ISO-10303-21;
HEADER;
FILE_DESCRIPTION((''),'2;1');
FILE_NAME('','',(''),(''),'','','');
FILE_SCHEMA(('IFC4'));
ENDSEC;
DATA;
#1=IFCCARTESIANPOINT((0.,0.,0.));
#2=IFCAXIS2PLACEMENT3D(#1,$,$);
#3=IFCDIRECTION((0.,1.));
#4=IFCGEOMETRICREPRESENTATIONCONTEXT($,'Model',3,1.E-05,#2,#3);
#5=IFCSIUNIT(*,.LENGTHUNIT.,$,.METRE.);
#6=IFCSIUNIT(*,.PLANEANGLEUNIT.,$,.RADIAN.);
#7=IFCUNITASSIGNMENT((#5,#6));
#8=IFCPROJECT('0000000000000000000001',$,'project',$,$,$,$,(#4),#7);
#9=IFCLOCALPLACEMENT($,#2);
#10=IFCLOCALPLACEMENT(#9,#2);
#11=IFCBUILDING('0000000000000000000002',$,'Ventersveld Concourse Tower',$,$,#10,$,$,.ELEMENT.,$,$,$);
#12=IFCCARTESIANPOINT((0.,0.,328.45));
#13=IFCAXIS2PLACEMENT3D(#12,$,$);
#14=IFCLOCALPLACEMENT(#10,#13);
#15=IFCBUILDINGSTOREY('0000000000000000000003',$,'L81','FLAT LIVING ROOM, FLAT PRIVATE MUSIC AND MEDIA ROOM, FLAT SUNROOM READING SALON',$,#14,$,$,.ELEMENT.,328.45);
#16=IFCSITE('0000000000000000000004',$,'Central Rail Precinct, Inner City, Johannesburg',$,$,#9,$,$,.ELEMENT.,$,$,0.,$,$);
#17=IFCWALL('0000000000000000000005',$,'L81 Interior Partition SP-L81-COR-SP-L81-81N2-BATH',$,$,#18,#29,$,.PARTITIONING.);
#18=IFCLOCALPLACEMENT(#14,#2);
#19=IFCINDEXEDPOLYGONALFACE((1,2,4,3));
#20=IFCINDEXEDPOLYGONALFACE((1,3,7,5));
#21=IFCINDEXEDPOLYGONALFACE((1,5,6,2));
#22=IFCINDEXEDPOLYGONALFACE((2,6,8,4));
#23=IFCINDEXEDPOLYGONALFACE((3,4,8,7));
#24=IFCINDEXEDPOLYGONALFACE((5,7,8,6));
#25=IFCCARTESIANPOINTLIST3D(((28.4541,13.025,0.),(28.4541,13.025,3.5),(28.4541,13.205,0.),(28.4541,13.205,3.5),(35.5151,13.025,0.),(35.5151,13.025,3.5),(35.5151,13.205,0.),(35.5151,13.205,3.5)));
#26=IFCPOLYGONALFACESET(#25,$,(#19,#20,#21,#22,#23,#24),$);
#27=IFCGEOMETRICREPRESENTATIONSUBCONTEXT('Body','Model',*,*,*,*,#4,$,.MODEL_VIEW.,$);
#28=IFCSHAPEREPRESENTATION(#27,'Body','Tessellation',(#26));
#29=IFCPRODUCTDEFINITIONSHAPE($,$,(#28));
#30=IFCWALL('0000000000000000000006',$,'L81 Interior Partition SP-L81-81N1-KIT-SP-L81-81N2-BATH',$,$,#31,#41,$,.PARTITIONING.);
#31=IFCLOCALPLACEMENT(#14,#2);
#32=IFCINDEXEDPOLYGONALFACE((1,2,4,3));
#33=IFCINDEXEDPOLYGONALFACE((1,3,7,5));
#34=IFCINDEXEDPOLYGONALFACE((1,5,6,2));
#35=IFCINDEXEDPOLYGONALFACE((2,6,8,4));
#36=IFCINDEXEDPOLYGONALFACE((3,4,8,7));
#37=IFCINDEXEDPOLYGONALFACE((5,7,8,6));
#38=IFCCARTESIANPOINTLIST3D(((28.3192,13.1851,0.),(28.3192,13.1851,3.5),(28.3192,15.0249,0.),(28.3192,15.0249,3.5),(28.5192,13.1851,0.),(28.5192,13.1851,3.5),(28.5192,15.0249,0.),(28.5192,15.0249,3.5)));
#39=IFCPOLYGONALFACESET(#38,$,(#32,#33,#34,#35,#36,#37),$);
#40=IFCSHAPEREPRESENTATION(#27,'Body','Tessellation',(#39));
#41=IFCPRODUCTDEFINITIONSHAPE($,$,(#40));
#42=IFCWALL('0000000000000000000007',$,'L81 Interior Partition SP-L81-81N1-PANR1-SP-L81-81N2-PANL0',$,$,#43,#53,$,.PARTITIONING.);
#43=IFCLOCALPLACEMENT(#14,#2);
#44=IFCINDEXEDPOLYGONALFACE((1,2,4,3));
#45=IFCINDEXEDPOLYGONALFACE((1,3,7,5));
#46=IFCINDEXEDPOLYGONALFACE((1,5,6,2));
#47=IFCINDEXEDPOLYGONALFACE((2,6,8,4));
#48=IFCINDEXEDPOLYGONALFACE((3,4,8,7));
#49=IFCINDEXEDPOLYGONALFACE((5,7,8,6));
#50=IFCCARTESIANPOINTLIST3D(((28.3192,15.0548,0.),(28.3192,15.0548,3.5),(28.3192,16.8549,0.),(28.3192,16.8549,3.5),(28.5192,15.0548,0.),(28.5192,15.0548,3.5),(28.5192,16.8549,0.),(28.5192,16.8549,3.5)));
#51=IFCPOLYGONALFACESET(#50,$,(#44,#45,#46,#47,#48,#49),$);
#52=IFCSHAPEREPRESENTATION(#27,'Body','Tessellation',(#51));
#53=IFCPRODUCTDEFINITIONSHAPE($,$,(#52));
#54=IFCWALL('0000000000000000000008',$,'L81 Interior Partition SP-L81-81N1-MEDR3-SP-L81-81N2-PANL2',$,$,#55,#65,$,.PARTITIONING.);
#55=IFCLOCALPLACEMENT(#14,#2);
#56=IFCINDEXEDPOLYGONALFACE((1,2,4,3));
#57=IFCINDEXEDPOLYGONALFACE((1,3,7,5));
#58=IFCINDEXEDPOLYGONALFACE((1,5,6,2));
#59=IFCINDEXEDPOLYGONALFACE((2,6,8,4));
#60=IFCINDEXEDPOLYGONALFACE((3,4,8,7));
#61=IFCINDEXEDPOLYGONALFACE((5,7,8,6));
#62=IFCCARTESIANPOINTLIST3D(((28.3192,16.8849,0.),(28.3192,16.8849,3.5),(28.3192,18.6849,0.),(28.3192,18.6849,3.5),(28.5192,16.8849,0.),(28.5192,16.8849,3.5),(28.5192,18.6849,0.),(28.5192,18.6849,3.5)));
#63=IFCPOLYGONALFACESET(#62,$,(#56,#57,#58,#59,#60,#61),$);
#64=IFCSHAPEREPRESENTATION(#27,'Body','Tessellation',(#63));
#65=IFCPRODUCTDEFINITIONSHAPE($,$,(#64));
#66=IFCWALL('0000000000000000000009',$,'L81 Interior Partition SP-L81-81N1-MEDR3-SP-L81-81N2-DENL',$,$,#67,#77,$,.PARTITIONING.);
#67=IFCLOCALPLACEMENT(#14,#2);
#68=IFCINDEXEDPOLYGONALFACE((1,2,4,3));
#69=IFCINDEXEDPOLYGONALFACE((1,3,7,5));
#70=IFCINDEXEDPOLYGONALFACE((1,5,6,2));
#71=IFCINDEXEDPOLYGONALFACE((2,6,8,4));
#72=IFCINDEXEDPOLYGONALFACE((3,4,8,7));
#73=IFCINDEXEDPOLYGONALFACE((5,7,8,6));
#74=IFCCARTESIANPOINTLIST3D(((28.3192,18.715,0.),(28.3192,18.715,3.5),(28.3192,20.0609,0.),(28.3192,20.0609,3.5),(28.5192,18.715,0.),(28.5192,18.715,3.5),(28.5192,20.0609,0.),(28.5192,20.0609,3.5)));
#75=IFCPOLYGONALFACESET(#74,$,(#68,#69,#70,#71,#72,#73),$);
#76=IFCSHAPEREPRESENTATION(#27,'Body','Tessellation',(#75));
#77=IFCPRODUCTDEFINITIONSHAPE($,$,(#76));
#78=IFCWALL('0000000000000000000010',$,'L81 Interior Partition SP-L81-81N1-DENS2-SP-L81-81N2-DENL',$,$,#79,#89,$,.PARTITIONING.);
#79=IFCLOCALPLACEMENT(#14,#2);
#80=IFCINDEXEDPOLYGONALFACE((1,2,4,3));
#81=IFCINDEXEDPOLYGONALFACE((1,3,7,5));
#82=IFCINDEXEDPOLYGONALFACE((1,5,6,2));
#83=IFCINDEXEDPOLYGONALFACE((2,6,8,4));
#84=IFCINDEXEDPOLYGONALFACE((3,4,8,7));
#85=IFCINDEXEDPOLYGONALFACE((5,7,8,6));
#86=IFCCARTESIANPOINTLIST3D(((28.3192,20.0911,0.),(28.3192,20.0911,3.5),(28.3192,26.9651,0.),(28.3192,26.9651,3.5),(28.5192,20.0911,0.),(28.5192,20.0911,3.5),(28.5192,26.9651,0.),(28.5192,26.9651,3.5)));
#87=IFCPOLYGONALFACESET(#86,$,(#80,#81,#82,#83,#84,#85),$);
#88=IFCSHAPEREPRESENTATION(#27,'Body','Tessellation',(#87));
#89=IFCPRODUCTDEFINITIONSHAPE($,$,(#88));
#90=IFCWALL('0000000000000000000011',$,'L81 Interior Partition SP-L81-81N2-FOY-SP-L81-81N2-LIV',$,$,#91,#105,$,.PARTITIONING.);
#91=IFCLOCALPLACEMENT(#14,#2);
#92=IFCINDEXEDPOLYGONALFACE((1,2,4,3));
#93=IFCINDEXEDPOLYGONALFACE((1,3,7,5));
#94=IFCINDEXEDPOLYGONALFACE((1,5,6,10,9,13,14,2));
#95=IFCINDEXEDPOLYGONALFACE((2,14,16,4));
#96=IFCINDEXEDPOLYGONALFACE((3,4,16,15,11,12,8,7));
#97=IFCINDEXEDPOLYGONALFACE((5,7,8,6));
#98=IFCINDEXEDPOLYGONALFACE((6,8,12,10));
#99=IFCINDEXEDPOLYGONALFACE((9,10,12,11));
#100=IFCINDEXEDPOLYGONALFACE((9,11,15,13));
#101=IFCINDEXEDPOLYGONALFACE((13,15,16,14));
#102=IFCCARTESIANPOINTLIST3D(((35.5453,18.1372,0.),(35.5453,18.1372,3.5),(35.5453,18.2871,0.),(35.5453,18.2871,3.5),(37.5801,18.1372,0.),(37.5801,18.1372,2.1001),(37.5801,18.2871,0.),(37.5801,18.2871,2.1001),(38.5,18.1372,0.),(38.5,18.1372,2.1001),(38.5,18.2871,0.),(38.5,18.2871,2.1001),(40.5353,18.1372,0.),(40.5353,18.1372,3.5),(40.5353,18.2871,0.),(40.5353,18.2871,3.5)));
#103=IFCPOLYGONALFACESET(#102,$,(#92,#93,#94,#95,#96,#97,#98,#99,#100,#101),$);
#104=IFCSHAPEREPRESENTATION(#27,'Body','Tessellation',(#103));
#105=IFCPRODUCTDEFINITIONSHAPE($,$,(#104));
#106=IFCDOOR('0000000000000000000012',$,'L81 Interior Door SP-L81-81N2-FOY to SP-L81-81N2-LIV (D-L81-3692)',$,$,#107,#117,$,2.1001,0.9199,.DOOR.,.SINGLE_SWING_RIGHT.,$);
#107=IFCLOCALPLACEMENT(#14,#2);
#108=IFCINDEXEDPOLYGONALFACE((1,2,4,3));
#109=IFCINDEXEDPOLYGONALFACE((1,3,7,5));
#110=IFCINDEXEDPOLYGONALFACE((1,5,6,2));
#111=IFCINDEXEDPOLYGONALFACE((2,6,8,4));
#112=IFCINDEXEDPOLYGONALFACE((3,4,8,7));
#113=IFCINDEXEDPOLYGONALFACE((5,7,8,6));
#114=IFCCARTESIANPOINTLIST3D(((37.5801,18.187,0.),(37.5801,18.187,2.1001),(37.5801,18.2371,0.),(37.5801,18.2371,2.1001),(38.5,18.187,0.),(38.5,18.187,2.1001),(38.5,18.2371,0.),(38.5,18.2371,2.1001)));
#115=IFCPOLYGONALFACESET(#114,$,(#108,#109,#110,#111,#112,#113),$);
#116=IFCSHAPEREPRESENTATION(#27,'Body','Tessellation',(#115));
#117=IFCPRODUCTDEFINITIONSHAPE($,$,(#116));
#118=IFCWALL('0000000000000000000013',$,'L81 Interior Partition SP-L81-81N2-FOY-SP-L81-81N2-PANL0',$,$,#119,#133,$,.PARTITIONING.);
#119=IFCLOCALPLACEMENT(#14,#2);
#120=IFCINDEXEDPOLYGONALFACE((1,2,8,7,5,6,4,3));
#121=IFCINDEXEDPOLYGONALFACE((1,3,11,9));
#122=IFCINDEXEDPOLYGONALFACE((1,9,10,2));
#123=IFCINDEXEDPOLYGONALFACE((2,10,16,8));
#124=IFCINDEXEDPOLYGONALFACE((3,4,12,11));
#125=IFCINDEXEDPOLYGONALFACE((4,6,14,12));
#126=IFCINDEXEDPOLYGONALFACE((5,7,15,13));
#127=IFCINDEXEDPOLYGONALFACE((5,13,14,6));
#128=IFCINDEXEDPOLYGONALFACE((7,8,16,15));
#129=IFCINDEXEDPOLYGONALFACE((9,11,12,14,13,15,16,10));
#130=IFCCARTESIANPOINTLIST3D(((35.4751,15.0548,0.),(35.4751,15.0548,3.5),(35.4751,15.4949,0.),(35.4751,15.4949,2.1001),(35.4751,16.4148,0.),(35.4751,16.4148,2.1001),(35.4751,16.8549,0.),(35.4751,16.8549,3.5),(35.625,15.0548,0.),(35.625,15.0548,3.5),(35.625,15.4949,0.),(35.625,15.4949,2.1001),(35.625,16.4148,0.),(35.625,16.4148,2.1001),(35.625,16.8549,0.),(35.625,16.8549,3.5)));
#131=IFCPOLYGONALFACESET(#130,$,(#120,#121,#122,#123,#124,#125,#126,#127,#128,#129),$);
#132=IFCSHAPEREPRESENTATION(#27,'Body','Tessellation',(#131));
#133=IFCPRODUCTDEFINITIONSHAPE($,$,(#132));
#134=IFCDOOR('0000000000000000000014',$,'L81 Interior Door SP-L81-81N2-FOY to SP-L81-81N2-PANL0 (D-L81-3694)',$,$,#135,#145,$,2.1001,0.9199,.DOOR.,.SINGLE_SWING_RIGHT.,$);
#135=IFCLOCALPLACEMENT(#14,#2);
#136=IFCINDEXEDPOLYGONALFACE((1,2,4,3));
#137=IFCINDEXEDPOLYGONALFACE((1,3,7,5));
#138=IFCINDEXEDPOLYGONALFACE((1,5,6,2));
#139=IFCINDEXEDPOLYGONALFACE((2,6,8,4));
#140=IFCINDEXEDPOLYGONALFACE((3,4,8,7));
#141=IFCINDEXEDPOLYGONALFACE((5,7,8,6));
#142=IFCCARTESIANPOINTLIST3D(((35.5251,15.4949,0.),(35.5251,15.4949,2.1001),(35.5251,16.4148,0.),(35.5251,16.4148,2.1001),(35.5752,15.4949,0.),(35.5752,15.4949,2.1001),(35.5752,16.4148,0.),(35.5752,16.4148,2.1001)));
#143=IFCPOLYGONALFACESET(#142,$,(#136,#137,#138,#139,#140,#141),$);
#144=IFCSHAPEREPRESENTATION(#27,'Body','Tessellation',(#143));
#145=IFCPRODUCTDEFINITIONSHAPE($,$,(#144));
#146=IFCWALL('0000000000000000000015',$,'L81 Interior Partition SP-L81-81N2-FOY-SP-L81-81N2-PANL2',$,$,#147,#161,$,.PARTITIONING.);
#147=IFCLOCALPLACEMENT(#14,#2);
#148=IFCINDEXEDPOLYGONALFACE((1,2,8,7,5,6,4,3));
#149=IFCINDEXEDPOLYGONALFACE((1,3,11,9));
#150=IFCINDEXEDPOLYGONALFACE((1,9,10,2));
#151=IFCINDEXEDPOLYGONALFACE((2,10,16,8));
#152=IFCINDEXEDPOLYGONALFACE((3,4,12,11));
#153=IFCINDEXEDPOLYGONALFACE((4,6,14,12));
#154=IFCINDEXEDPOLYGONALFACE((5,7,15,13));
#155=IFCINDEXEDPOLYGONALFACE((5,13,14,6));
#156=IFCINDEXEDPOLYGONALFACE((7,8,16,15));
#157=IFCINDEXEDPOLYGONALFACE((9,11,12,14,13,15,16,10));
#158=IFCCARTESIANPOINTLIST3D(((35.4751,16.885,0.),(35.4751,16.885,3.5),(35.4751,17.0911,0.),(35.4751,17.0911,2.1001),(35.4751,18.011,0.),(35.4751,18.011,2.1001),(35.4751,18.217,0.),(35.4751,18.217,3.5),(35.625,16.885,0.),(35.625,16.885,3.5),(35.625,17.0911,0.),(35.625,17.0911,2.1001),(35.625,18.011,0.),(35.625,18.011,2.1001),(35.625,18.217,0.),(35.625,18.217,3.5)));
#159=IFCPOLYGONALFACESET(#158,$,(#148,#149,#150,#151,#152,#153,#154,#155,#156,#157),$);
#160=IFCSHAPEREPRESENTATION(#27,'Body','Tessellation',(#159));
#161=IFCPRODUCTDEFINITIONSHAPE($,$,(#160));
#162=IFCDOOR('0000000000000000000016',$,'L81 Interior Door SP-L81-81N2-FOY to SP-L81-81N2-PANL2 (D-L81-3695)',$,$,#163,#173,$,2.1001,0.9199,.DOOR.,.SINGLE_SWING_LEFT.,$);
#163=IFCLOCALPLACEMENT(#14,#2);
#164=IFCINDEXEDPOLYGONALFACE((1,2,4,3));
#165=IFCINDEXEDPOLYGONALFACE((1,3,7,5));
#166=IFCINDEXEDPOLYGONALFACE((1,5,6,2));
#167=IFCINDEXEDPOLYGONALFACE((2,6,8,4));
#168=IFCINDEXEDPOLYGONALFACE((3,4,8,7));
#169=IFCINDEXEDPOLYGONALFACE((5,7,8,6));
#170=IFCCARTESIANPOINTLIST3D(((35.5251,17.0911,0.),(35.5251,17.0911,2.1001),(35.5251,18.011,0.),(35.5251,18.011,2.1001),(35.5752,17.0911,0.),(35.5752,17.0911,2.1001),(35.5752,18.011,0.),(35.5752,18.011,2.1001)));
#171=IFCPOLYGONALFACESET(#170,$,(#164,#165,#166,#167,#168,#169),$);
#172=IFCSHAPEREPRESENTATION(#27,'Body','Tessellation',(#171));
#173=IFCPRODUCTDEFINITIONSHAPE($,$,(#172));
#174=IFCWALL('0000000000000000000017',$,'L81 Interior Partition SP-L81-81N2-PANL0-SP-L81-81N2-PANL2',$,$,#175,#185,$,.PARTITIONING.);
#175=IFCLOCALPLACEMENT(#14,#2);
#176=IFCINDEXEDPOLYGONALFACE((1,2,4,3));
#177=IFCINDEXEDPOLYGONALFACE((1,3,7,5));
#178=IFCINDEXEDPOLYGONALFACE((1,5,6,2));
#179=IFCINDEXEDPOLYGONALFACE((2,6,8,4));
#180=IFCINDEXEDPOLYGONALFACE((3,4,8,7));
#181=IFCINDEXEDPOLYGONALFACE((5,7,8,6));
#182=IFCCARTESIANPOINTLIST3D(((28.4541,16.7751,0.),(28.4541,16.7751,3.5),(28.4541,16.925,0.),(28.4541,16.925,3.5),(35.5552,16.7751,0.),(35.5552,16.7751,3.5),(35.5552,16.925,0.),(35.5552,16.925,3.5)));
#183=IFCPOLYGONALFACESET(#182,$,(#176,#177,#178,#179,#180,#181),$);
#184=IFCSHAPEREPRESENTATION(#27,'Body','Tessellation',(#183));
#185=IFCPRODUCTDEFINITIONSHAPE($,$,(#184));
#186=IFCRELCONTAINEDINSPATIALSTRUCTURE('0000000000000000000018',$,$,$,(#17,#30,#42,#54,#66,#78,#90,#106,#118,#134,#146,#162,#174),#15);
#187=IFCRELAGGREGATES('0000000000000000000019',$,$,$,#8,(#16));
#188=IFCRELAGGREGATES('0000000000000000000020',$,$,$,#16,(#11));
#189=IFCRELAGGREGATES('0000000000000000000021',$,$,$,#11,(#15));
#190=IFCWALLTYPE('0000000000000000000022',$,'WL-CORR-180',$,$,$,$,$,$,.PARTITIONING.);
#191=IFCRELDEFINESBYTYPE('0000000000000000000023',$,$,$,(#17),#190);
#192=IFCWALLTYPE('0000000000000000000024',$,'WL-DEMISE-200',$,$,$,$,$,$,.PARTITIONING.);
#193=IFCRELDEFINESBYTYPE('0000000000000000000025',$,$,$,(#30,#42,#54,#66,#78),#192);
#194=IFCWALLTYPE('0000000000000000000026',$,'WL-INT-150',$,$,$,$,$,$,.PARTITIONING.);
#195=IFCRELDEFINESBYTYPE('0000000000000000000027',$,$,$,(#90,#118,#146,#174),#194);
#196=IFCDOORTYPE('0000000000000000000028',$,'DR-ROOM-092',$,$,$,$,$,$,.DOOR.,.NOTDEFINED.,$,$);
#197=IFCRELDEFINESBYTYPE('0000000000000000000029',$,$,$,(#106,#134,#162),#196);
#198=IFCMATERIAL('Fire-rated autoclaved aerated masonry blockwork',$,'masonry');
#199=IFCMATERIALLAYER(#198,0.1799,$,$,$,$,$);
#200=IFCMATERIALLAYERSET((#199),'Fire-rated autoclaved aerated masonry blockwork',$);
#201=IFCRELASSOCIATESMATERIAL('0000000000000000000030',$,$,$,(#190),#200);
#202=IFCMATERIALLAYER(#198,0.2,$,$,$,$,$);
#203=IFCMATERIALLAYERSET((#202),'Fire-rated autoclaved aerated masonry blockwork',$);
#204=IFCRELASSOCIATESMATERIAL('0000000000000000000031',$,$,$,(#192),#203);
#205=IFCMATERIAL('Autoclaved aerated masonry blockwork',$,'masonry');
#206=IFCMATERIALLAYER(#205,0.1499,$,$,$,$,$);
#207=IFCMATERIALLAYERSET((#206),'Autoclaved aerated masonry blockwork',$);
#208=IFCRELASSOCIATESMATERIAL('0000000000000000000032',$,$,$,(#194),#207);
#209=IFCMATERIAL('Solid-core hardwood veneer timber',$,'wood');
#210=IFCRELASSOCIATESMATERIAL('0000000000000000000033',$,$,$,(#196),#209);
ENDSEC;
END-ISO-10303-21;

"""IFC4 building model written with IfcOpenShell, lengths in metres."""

from ifc_helpers import new_model, si_unit, direction, frame, frame_2d, origin, place, context, subcontext, project, spatial, rectangle, extrude, material, layer, layer_set, type_object, element, fill, save


model = new_model("IFC4")

# Units and contexts
model_context = context("Model", 3, precision=1e-05, world=origin(), true_north=direction((0.0, 1.0)))
body_context = subcontext(model_context, "Body", "Model", "MODEL_VIEW")
ifc_project = project(units=[si_unit("LENGTHUNIT", "METRE"), si_unit("PLANEANGLEUNIT", "RADIAN")], contexts=[model_context])

# Site, building, storey
site_placement = place(None, origin())
site = spatial("IfcSite", under=ifc_project, at=site_placement, Name="Central Rail Precinct, Inner City, Johannesburg", CompositionType="ELEMENT", RefElevation=0.0)
building_placement = place(site_placement, origin())
building = spatial("IfcBuilding", under=site, at=building_placement, Name="Ventersveld Concourse Tower", CompositionType="ELEMENT")
storey_placement = place(building_placement, frame((0.0, 0.0, 328.45)))
storey = spatial("IfcBuildingStorey", under=building, at=storey_placement, Name="L81", Description="FLAT LIVING ROOM, FLAT PRIVATE MUSIC AND MEDIA ROOM, FLAT SUNROOM READING SALON", CompositionType="ELEMENT", Elevation=328.45)

# Shared definitions
ifc_material_1 = material(Name="Fire-rated autoclaved aerated masonry blockwork", Category="masonry")
ifc_layer_1 = layer(ifc_material_1, 0.1799)
ifc_layer_set_1 = layer_set([ifc_layer_1], Name="Fire-rated autoclaved aerated masonry blockwork")
wall_type_1 = type_object("IfcWallType", Name="WL-CORR-180", PredefinedType="PARTITIONING", material=ifc_layer_set_1)
ifc_material_2 = material(Name="Solid-core hardwood veneer timber", Category="wood")

# Walls
wall_1_placement = place(storey_placement, frame((28.4541, 13.115, 0.0), z_axis=(0.0, 0.0, 1.0), x_axis=(1.0, 0.0, 0.0)))
element("IfcWall", 1, at=wall_1_placement, inside=storey, type_object=wall_type_1, Name="L81 Interior Partition SP-L81-COR-SP-L81-81N2-BATH", PredefinedType="PARTITIONING", context=body_context, shape_type="SweptSolid", body=[
    extrude(rectangle(XDim=7.061, YDim=0.1799, at=frame_2d((3.5305, 0.0))), origin(), (0.0, 0.0, 1.0), 3.5),
])
ifc_layer_2 = layer(ifc_material_1, 0.2)
ifc_layer_set_2 = layer_set([ifc_layer_2], Name="Fire-rated autoclaved aerated masonry blockwork")
wall_type_2 = type_object("IfcWallType", Name="WL-DEMISE-200", PredefinedType="PARTITIONING", material=ifc_layer_set_2)
wall_2_placement = place(storey_placement, frame((28.4192, 13.1851, 0.0), z_axis=(0.0, 0.0, 1.0), x_axis=(0.0, 1.0, 0.0)))
element("IfcWall", 2, at=wall_2_placement, inside=storey, type_object=wall_type_2, Name="L81 Interior Partition SP-L81-81N1-KIT-SP-L81-81N2-BATH", PredefinedType="PARTITIONING", context=body_context, shape_type="SweptSolid", body=[
    extrude(rectangle(XDim=1.8398, YDim=0.2, at=frame_2d((0.9199, 0.0))), origin(), (0.0, 0.0, 1.0), 3.5),
])
for number, where, z_axis, x_axis, name in (
    (3, (28.4192, 15.0549, 0.0), (0.0, 0.0, 1.0), (0.0, 1.0, 0.0), "L81 Interior Partition SP-L81-81N1-PANR1-SP-L81-81N2-PANL0"),
    (4, (28.4192, 16.885, 0.0), (0.0, 0.0, 1.0), (0.0, 1.0, 0.0), "L81 Interior Partition SP-L81-81N1-MEDR3-SP-L81-81N2-PANL2"),
):
    element("IfcWall", number, at=place(storey_placement, frame(where, z_axis=z_axis, x_axis=x_axis)), inside=storey, type_object=wall_type_2, Name=name, PredefinedType="PARTITIONING", context=body_context, shape_type="SweptSolid", body=[
        extrude(rectangle(XDim=1.8, YDim=0.2, at=frame_2d((0.8999, 0.0))), origin(), (0.0, 0.0, 1.0), 3.5),
    ])
wall_3_placement = place(storey_placement, frame((28.4192, 18.7151, 0.0), z_axis=(0.0, 0.0, 1.0), x_axis=(0.0, 1.0, 0.0)))
element("IfcWall", 5, at=wall_3_placement, inside=storey, type_object=wall_type_2, Name="L81 Interior Partition SP-L81-81N1-MEDR3-SP-L81-81N2-DENL", PredefinedType="PARTITIONING", context=body_context, shape_type="SweptSolid", body=[
    extrude(rectangle(XDim=1.3459, YDim=0.2, at=frame_2d((0.6729, 0.0))), origin(), (0.0, 0.0, 1.0), 3.5),
])
wall_4_placement = place(storey_placement, frame((28.4192, 20.0911, 0.0), z_axis=(0.0, 0.0, 1.0), x_axis=(0.0, 1.0, 0.0)))
element("IfcWall", 6, at=wall_4_placement, inside=storey, type_object=wall_type_2, Name="L81 Interior Partition SP-L81-81N1-DENS2-SP-L81-81N2-DENL", PredefinedType="PARTITIONING", context=body_context, shape_type="SweptSolid", body=[
    extrude(rectangle(XDim=6.874, YDim=0.2, at=frame_2d((3.437, 0.0))), origin(), (0.0, 0.0, 1.0), 3.5),
])

# Walls, openings, doors
ifc_material_3 = material(Name="Autoclaved aerated masonry blockwork", Category="masonry")
ifc_layer_3 = layer(ifc_material_3, 0.1499)
ifc_layer_set_3 = layer_set([ifc_layer_3], Name="Autoclaved aerated masonry blockwork")
wall_type_3 = type_object("IfcWallType", Name="WL-INT-150", PredefinedType="PARTITIONING", material=ifc_layer_set_3)
wall_5_placement = place(storey_placement, frame((35.5452, 18.2122, 0.0), z_axis=(0.0, 0.0, 1.0), x_axis=(1.0, 0.0, 0.0)))
wall_5 = element("IfcWall", 7, at=wall_5_placement, inside=storey, type_object=wall_type_3, Name="L81 Interior Partition SP-L81-81N2-FOY-SP-L81-81N2-LIV", PredefinedType="PARTITIONING", context=body_context, shape_type="SweptSolid", body=[
    extrude(rectangle(XDim=4.99, YDim=0.1499, at=frame_2d((2.4951, 0.0))), origin(), (0.0, 0.0, 1.0), 3.5),
])
opening_1_placement = place(wall_5_placement, frame((2.0349, 0.0, 0.0)))
opening_1 = element("IfcOpeningElement", 8, at=opening_1_placement, cuts=wall_5, PredefinedType="OPENING", context=body_context, shape_type="SweptSolid", body=[
    extrude(rectangle(XDim=0.9199, YDim=2.1001, at=frame_2d((0.46, 1.05))), frame((0.0, 0.085, 0.0), z_axis=(0.0, -1.0, 0.0), x_axis=(1.0, 0.0, 0.0)), (0.0, 0.0, 1.0), 0.1699),
])
door_type_1 = type_object("IfcDoorType", Name="DR-ROOM-092", OperationType="NOTDEFINED", PredefinedType="DOOR", material=ifc_material_2)
door_1_placement = place(opening_1_placement, origin())
door_1 = element("IfcDoor", 9, at=door_1_placement, inside=storey, type_object=door_type_1, Name="L81 Interior Door SP-L81-81N2-FOY to SP-L81-81N2-LIV (D-L81-3692)", OperationType="SINGLE_SWING_RIGHT", OverallHeight=2.1001, OverallWidth=0.9199, PredefinedType="DOOR", context=body_context, shape_type="SweptSolid", body=[
    extrude(rectangle(XDim=0.9199, YDim=2.1001, at=frame_2d((0.46, 1.05))), frame((0.0, 0.0249, 0.0), z_axis=(0.0, -1.0, 0.0), x_axis=(1.0, 0.0, 0.0)), (0.0, 0.0, 1.0), 0.05),
])
fill(opening_1, door_1)
wall_6_placement = place(storey_placement, frame((35.55, 15.0549, 0.0), z_axis=(0.0, 0.0, 1.0), x_axis=(0.0, 1.0, 0.0)))
wall_6 = element("IfcWall", 10, at=wall_6_placement, inside=storey, type_object=wall_type_3, Name="L81 Interior Partition SP-L81-81N2-FOY-SP-L81-81N2-PANL0", PredefinedType="PARTITIONING", context=body_context, shape_type="SweptSolid", body=[
    extrude(rectangle(XDim=1.8, YDim=0.1499, at=frame_2d((0.8999, 0.0))), origin(), (0.0, 0.0, 1.0), 3.5),
])
opening_2_placement = place(wall_6_placement, frame((0.4399, 0.0, 0.0)))
opening_2 = element("IfcOpeningElement", 11, at=opening_2_placement, cuts=wall_6, PredefinedType="OPENING", context=body_context, shape_type="SweptSolid", body=[
    extrude(rectangle(XDim=0.9199, YDim=2.1001, at=frame_2d((0.46, 1.05))), frame((0.0, 0.085, 0.0), z_axis=(0.0, -1.0, 0.0), x_axis=(1.0, 0.0, 0.0)), (0.0, 0.0, 1.0), 0.1699),
])
door_2_placement = place(opening_2_placement, origin())
door_2 = element("IfcDoor", 12, at=door_2_placement, inside=storey, type_object=door_type_1, Name="L81 Interior Door SP-L81-81N2-FOY to SP-L81-81N2-PANL0 (D-L81-3694)", OperationType="SINGLE_SWING_RIGHT", OverallHeight=2.1001, OverallWidth=0.9199, PredefinedType="DOOR", context=body_context, shape_type="SweptSolid", body=[
    extrude(rectangle(XDim=0.9199, YDim=2.1001, at=frame_2d((0.46, 1.05))), frame((0.0, 0.0249, 0.0), z_axis=(0.0, -1.0, 0.0), x_axis=(1.0, 0.0, 0.0)), (0.0, 0.0, 1.0), 0.05),
])
fill(opening_2, door_2)
wall_7_placement = place(storey_placement, frame((35.55, 16.885, 0.0), z_axis=(0.0, 0.0, 1.0), x_axis=(0.0, 1.0, 0.0)))
wall_7 = element("IfcWall", 13, at=wall_7_placement, inside=storey, type_object=wall_type_3, Name="L81 Interior Partition SP-L81-81N2-FOY-SP-L81-81N2-PANL2", PredefinedType="PARTITIONING", context=body_context, shape_type="SweptSolid", body=[
    extrude(rectangle(XDim=1.332, YDim=0.1499, at=frame_2d((0.666, 0.0))), origin(), (0.0, 0.0, 1.0), 3.5),
])
opening_3_placement = place(wall_7_placement, frame((0.2061, 0.0, 0.0)))
opening_3 = element("IfcOpeningElement", 14, at=opening_3_placement, cuts=wall_7, PredefinedType="OPENING", context=body_context, shape_type="SweptSolid", body=[
    extrude(rectangle(XDim=0.9199, YDim=2.1001, at=frame_2d((0.46, 1.05))), frame((0.0, 0.085, 0.0), z_axis=(0.0, -1.0, 0.0), x_axis=(1.0, 0.0, 0.0)), (0.0, 0.0, 1.0), 0.1699),
])
door_3_placement = place(opening_3_placement, origin())
door_3 = element("IfcDoor", 15, at=door_3_placement, inside=storey, type_object=door_type_1, Name="L81 Interior Door SP-L81-81N2-FOY to SP-L81-81N2-PANL2 (D-L81-3695)", OperationType="SINGLE_SWING_LEFT", OverallHeight=2.1001, OverallWidth=0.9199, PredefinedType="DOOR", context=body_context, shape_type="SweptSolid", body=[
    extrude(rectangle(XDim=0.9199, YDim=2.1001, at=frame_2d((0.46, 1.05))), frame((0.0, 0.0249, 0.0), z_axis=(0.0, -1.0, 0.0), x_axis=(1.0, 0.0, 0.0)), (0.0, 0.0, 1.0), 0.05),
])
fill(opening_3, door_3)

# Wall
wall_8_placement = place(storey_placement, frame((28.4541, 16.8501, 0.0), z_axis=(0.0, 0.0, 1.0), x_axis=(1.0, 0.0, 0.0)))
element("IfcWall", 16, at=wall_8_placement, inside=storey, type_object=wall_type_3, Name="L81 Interior Partition SP-L81-81N2-PANL0-SP-L81-81N2-PANL2", PredefinedType="PARTITIONING", context=body_context, shape_type="SweptSolid", body=[
    extrude(rectangle(XDim=7.1011, YDim=0.1499, at=frame_2d((3.5505, 0.0))), origin(), (0.0, 0.0, 1.0), 3.5),
])

save(model, "model.ifc")
